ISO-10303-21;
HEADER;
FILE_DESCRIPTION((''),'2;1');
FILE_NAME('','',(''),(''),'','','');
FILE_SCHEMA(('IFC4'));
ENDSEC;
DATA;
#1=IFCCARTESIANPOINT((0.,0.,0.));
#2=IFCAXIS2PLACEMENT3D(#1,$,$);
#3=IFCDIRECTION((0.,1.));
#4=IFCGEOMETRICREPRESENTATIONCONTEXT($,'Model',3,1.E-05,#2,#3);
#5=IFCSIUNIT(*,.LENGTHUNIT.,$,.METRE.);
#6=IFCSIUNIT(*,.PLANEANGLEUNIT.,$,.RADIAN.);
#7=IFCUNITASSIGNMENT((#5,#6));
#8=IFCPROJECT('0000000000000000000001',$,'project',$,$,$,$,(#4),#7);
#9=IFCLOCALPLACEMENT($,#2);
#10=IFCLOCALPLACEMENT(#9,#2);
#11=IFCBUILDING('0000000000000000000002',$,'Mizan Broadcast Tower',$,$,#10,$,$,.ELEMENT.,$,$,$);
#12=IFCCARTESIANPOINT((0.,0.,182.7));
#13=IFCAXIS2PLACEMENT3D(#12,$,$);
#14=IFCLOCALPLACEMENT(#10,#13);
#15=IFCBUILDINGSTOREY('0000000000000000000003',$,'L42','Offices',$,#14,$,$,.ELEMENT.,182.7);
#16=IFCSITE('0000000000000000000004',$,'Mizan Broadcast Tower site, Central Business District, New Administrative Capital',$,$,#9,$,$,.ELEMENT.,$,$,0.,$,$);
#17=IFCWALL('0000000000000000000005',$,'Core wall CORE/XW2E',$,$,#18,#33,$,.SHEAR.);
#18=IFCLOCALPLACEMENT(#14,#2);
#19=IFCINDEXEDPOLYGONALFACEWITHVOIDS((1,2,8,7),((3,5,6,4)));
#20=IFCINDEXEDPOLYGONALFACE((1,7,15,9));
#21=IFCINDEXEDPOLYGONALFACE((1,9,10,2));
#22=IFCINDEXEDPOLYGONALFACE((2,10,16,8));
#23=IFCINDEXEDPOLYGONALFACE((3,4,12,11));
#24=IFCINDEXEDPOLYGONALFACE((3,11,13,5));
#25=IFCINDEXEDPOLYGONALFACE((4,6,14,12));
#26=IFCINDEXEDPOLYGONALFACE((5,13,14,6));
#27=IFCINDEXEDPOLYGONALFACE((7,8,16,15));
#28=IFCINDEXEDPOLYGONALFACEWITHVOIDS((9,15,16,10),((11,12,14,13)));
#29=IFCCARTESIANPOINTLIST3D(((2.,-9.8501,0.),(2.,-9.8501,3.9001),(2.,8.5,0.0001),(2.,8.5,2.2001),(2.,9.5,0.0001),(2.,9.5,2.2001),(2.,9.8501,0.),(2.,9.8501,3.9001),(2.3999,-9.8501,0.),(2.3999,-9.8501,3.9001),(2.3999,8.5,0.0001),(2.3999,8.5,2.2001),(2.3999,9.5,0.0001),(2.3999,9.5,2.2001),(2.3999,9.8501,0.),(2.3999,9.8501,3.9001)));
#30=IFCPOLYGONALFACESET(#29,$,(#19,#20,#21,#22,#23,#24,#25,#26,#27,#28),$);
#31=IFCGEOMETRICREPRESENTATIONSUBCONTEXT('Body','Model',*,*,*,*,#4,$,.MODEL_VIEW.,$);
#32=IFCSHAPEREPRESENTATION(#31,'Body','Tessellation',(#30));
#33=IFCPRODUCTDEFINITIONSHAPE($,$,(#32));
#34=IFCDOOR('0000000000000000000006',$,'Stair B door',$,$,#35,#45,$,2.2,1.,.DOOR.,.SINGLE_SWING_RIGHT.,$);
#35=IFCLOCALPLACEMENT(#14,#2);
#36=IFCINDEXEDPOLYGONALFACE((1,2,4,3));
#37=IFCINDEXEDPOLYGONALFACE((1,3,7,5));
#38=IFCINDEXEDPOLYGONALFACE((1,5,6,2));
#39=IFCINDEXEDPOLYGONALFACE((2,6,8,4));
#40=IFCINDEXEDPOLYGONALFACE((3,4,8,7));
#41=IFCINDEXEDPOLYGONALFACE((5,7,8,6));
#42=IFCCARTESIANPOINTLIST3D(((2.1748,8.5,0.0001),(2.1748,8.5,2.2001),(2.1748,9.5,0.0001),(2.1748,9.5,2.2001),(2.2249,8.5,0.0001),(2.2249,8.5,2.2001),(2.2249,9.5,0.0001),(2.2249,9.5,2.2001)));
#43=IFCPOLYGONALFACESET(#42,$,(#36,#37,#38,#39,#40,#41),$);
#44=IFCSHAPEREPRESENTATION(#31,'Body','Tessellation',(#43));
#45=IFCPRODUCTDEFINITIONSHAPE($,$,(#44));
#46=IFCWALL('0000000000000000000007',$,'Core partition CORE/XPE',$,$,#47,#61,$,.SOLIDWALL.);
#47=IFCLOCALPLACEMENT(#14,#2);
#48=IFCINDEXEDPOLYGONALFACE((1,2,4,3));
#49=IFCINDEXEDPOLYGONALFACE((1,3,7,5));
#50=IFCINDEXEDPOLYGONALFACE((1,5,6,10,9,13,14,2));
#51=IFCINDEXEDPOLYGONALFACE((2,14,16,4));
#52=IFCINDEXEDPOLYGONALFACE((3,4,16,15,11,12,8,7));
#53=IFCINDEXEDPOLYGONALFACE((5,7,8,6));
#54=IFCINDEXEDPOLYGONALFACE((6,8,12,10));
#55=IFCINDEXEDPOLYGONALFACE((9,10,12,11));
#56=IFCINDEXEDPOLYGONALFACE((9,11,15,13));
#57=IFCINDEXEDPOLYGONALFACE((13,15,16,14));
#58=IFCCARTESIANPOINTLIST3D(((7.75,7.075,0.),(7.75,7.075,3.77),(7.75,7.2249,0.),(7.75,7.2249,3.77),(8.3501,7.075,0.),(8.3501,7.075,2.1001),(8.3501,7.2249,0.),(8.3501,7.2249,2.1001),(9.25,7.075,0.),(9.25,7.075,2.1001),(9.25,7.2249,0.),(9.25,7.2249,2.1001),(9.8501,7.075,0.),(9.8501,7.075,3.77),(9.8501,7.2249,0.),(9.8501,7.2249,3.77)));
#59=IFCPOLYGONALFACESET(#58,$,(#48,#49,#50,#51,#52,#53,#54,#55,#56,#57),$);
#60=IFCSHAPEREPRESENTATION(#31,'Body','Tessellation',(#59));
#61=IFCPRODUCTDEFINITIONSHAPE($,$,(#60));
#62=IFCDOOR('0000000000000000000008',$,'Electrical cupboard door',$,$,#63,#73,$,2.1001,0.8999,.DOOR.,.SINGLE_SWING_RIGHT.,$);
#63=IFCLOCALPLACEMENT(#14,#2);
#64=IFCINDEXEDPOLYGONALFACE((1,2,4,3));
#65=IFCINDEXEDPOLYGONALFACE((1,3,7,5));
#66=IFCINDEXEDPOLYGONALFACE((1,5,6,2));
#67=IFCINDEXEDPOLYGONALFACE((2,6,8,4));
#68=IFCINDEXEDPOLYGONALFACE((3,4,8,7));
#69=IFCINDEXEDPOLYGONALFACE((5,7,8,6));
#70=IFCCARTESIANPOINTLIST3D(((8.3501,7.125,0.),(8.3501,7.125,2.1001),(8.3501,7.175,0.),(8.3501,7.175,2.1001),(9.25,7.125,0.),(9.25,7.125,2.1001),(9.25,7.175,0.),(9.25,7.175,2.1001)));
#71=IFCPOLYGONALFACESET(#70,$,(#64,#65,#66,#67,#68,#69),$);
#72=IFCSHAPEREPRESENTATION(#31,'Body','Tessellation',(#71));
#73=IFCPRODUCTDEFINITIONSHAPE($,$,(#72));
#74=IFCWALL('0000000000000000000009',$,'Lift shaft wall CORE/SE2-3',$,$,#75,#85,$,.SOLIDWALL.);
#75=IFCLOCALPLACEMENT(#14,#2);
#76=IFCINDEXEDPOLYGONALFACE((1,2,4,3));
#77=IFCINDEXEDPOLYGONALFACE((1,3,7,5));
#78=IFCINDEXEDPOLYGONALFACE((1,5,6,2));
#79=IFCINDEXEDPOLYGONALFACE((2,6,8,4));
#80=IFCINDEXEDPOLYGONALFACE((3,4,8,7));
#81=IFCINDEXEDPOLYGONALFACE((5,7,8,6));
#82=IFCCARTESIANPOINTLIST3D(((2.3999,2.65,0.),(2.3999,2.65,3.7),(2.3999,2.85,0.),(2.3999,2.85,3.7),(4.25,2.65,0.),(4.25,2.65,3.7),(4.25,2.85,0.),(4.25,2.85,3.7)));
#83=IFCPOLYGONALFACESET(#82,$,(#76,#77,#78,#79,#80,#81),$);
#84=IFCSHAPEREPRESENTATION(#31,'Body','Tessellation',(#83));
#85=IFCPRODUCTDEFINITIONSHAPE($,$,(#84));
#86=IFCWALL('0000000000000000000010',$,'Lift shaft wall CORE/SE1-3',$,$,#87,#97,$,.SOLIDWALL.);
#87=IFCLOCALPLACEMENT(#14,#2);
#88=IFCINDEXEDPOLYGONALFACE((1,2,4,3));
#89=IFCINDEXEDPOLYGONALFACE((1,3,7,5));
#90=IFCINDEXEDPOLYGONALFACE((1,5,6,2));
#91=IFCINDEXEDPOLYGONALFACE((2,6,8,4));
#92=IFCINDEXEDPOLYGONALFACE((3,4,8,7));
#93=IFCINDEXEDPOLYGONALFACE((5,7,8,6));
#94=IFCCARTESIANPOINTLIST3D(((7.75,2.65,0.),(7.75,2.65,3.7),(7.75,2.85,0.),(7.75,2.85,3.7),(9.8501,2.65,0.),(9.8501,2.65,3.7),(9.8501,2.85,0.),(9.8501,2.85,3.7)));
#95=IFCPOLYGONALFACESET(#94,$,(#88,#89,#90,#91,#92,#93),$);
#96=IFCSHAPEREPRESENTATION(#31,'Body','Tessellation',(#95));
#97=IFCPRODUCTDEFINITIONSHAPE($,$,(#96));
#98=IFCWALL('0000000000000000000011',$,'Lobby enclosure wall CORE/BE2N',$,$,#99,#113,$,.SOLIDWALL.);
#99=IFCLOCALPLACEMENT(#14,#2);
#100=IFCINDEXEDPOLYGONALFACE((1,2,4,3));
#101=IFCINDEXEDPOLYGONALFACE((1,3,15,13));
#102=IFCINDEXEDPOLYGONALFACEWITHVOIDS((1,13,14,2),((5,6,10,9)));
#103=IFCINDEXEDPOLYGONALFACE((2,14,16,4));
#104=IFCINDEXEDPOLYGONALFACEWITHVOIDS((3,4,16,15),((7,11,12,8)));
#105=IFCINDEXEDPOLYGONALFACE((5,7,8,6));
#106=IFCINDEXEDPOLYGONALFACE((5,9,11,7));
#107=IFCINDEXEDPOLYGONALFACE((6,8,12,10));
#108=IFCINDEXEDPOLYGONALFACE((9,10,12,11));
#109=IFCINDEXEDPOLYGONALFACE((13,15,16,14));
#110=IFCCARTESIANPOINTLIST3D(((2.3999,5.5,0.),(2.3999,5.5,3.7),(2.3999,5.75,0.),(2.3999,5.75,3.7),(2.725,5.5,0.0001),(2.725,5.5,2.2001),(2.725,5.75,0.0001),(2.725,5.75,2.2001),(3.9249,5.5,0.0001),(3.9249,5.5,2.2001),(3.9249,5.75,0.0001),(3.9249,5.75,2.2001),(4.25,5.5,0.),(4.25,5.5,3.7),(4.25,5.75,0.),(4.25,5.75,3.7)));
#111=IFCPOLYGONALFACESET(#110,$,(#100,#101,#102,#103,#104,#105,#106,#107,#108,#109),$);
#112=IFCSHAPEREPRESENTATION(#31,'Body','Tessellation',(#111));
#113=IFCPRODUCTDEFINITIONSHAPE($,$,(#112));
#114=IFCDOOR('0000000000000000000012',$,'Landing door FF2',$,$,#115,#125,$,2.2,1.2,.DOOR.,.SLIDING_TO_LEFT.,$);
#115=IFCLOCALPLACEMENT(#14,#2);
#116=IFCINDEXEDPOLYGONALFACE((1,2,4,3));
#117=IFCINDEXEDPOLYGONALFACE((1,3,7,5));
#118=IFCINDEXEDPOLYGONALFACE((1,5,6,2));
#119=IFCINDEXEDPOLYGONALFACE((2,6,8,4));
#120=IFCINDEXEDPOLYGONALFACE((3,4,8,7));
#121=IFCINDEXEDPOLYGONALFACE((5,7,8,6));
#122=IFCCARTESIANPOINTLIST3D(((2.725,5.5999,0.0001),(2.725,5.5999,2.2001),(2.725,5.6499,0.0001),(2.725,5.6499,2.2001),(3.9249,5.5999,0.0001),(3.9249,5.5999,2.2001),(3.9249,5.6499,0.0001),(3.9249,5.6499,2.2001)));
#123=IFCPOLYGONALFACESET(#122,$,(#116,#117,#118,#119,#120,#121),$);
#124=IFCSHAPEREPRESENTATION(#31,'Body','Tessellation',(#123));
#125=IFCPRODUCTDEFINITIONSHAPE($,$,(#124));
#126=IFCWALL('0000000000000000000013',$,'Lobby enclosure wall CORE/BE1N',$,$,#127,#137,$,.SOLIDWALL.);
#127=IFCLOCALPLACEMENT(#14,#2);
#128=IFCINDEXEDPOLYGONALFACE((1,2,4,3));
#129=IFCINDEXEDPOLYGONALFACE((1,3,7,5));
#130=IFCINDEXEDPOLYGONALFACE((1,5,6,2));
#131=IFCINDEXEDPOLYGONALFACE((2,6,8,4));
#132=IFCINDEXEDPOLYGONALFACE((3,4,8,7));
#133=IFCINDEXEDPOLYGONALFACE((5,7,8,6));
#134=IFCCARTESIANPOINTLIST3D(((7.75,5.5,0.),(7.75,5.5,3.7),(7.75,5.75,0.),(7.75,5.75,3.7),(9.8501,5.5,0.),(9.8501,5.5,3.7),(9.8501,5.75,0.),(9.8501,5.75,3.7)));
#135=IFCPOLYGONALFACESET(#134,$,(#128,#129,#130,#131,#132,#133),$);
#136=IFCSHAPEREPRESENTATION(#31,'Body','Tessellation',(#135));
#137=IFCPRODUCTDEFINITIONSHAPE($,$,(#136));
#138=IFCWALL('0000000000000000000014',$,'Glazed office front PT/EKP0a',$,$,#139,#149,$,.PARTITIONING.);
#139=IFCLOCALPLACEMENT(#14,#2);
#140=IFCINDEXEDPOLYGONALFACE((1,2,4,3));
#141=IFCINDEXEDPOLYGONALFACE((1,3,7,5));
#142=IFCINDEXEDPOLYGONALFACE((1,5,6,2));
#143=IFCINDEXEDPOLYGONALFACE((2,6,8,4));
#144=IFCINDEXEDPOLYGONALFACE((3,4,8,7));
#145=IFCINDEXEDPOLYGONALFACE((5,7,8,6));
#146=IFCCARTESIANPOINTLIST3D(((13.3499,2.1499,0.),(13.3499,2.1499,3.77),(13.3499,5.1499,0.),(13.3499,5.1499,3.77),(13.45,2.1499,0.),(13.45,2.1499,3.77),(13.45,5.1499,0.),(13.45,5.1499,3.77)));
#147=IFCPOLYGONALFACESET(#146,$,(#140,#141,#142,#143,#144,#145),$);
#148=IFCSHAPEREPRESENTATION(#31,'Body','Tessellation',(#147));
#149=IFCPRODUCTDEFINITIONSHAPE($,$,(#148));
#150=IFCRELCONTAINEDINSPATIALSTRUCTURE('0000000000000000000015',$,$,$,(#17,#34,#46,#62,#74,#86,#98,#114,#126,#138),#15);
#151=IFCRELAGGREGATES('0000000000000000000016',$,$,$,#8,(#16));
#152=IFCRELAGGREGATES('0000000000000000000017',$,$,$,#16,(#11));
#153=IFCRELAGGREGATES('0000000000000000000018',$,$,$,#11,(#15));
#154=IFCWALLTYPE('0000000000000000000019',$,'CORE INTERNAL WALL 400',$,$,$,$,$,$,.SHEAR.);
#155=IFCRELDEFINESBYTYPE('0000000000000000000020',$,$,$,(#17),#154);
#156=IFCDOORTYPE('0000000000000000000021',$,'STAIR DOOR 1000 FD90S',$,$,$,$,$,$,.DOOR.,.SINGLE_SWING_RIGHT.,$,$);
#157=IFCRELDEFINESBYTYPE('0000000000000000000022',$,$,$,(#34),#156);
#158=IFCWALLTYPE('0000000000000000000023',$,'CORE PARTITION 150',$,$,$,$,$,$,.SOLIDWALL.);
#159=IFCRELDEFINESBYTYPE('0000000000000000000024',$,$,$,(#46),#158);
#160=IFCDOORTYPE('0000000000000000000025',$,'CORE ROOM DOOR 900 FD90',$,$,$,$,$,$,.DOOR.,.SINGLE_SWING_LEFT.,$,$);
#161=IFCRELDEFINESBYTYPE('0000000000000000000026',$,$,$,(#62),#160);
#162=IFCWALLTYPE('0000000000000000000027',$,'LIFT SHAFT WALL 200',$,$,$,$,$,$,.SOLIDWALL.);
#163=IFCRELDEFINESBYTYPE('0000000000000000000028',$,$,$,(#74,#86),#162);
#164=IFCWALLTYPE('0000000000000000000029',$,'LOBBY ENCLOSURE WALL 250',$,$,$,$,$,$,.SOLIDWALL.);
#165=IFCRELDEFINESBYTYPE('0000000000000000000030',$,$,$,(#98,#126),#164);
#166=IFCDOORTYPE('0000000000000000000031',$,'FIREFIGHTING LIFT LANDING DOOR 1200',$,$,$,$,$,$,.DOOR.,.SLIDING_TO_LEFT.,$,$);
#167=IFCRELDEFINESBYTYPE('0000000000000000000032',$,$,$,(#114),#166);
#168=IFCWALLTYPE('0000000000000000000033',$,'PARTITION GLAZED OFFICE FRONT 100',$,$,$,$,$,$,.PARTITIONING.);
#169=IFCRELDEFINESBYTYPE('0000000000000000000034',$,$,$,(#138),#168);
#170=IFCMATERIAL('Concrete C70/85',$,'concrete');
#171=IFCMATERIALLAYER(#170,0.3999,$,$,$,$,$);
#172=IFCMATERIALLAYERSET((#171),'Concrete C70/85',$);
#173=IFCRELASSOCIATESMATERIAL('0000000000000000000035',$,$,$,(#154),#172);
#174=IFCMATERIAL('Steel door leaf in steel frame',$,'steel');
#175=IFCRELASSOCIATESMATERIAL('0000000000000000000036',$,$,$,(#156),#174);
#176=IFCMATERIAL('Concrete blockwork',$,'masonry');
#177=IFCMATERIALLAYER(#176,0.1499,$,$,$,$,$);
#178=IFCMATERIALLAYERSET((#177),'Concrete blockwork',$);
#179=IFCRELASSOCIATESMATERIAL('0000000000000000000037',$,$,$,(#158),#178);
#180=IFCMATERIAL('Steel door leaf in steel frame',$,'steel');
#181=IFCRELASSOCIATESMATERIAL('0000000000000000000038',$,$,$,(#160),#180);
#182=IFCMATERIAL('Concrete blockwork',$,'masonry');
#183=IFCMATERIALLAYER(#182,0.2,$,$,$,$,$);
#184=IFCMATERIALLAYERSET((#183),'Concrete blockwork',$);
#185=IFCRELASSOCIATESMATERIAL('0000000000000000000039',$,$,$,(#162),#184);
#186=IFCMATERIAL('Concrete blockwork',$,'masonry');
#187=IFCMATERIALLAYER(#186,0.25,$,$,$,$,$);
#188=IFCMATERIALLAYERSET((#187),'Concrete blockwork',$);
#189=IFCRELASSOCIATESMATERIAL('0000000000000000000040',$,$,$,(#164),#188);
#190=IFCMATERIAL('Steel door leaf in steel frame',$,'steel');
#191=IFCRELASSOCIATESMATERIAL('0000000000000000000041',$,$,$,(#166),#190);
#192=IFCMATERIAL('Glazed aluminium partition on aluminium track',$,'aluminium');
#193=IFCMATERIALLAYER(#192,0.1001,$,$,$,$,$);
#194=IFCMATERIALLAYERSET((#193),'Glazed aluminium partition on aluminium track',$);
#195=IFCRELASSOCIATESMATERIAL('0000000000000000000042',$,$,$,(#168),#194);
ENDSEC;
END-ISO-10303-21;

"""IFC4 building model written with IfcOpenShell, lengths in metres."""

from ifc_helpers import new_model, si_unit, direction, frame, frame_2d, origin, place, context, subcontext, project, spatial, rectangle, extrude, material, layer, layer_set, type_object, element, fill, save


model = new_model("IFC4")

# Units and contexts
model_context = context("Model", 3, precision=1e-05, world=origin(), true_north=direction((0.0, 1.0)))
body_context = subcontext(model_context, "Body", "Model", "MODEL_VIEW")
ifc_project = project(units=[si_unit("LENGTHUNIT", "METRE"), si_unit("PLANEANGLEUNIT", "RADIAN")], contexts=[model_context])

# Site, building, storey
site_placement = place(None, origin())
site = spatial("IfcSite", under=ifc_project, at=site_placement, Name="Mizan Broadcast Tower site, Central Business District, New Administrative Capital", CompositionType="ELEMENT", RefElevation=0.0)
building_placement = place(site_placement, origin())
building = spatial("IfcBuilding", under=site, at=building_placement, Name="Mizan Broadcast Tower", CompositionType="ELEMENT")
storey_placement = place(building_placement, frame((0.0, 0.0, 182.7)))
storey = spatial("IfcBuildingStorey", under=building, at=storey_placement, Name="L42", Description="Offices", CompositionType="ELEMENT", Elevation=182.7)

# Walls, openings, doors
ifc_material_1 = material(Name="Concrete C70/85", Category="concrete")
ifc_layer_1 = layer(ifc_material_1, 0.3999)
ifc_layer_set_1 = layer_set([ifc_layer_1], Name="Concrete C70/85")
wall_type_1 = type_object("IfcWallType", Name="CORE INTERNAL WALL 400", PredefinedType="SHEAR", material=ifc_layer_set_1)
wall_1_placement = place(storey_placement, frame((2.2, 9.8501, 0.0), z_axis=(0.0, 0.0, 1.0), x_axis=(0.0, -1.0, 0.0)))
wall_1 = element("IfcWall", 1, at=wall_1_placement, inside=storey, type_object=wall_type_1, Name="Core wall CORE/XW2E", PredefinedType="SHEAR", context=body_context, shape_type="SweptSolid", body=[
    extrude(rectangle(XDim=19.7002, YDim=0.3999, at=frame_2d((9.8501, 0.0))), origin(), (0.0, 0.0, 1.0), 3.9001),
])
opening_1_placement = place(wall_1_placement, frame((0.3501, 0.0, 0.0)))
opening_1 = element("IfcOpeningElement", 2, at=opening_1_placement, cuts=wall_1, PredefinedType="OPENING", context=body_context, shape_type="SweptSolid", body=[
    extrude(rectangle(XDim=1.0, YDim=2.2, at=frame_2d((0.5, 1.1001))), frame((0.0, 0.21, 0.0), z_axis=(0.0, -1.0, 0.0), x_axis=(1.0, 0.0, 0.0)), (0.0, 0.0, 1.0), 0.4199),
])
ifc_material_2 = material(Name="Steel door leaf in steel frame", Category="steel")
door_type_1 = type_object("IfcDoorType", Name="STAIR DOOR 1000 FD90S", OperationType="SINGLE_SWING_RIGHT", PredefinedType="DOOR", material=ifc_material_2)
door_1_placement = place(opening_1_placement, origin())
door_1 = element("IfcDoor", 3, at=door_1_placement, inside=storey, type_object=door_type_1, Name="Stair B door", OperationType="SINGLE_SWING_RIGHT", OverallHeight=2.2, OverallWidth=1.0, PredefinedType="DOOR", context=body_context, shape_type="SweptSolid", body=[
    extrude(rectangle(XDim=1.0, YDim=2.2, at=frame_2d((0.5, 1.1001))), frame((0.0, 0.0249, 0.0), z_axis=(0.0, -1.0, 0.0), x_axis=(1.0, 0.0, 0.0)), (0.0, 0.0, 1.0), 0.05),
])
fill(opening_1, door_1)
ifc_material_3 = material(Name="Concrete blockwork", Category="masonry")
ifc_layer_2 = layer(ifc_material_3, 0.1499)
ifc_layer_set_2 = layer_set([ifc_layer_2], Name="Concrete blockwork")
wall_type_2 = type_object("IfcWallType", Name="CORE PARTITION 150", PredefinedType="SOLIDWALL", material=ifc_layer_set_2)
wall_2_placement = place(storey_placement, frame((9.8501, 7.1499, 0.0), z_axis=(0.0, 0.0, 1.0), x_axis=(-1.0, 0.0, 0.0)))
wall_2 = element("IfcWall", 4, at=wall_2_placement, inside=storey, type_object=wall_type_2, Name="Core partition CORE/XPE", PredefinedType="SOLIDWALL", context=body_context, shape_type="SweptSolid", body=[
    extrude(rectangle(XDim=2.1001, YDim=0.1499, at=frame_2d((1.05, 0.0))), origin(), (0.0, 0.0, 1.0), 3.77),
])
opening_2_placement = place(wall_2_placement, frame((0.6001, 0.0, 0.0)))
opening_2 = element("IfcOpeningElement", 5, at=opening_2_placement, cuts=wall_2, PredefinedType="OPENING", context=body_context, shape_type="SweptSolid", body=[
    extrude(rectangle(XDim=0.8999, YDim=2.1001, at=frame_2d((0.45, 1.05))), frame((0.0, 0.085, 0.0), z_axis=(0.0, -1.0, 0.0), x_axis=(1.0, 0.0, 0.0)), (0.0, 0.0, 1.0), 0.1699),
])
ifc_material_4 = material(Name="Steel door leaf in steel frame", Category="steel")
door_type_2 = type_object("IfcDoorType", Name="CORE ROOM DOOR 900 FD90", OperationType="SINGLE_SWING_LEFT", PredefinedType="DOOR", material=ifc_material_4)
door_2_placement = place(opening_2_placement, origin())
door_2 = element("IfcDoor", 6, at=door_2_placement, inside=storey, type_object=door_type_2, Name="Electrical cupboard door", OperationType="SINGLE_SWING_RIGHT", OverallHeight=2.1001, OverallWidth=0.8999, PredefinedType="DOOR", context=body_context, shape_type="SweptSolid", body=[
    extrude(rectangle(XDim=0.8999, YDim=2.1001, at=frame_2d((0.45, 1.05))), frame((0.0, 0.0249, 0.0), z_axis=(0.0, -1.0, 0.0), x_axis=(1.0, 0.0, 0.0)), (0.0, 0.0, 1.0), 0.05),
])
fill(opening_2, door_2)

# Walls
ifc_material_5 = material(Name="Concrete blockwork", Category="masonry")
ifc_layer_3 = layer(ifc_material_5, 0.2)
ifc_layer_set_3 = layer_set([ifc_layer_3], Name="Concrete blockwork")
wall_type_3 = type_object("IfcWallType", Name="LIFT SHAFT WALL 200", PredefinedType="SOLIDWALL", material=ifc_layer_set_3)
wall_3_placement = place(storey_placement, frame((2.3999, 2.75, 0.0), z_axis=(0.0, 0.0, 1.0), x_axis=(1.0, 0.0, 0.0)))
element("IfcWall", 7, at=wall_3_placement, inside=storey, type_object=wall_type_3, Name="Lift shaft wall CORE/SE2-3", PredefinedType="SOLIDWALL", context=body_context, shape_type="SweptSolid", body=[
    extrude(rectangle(XDim=1.8501, YDim=0.2, at=frame_2d((0.925, 0.0))), origin(), (0.0, 0.0, 1.0), 3.7),
])
wall_4_placement = place(storey_placement, frame((7.75, 2.75, 0.0), z_axis=(0.0, 0.0, 1.0), x_axis=(1.0, 0.0, 0.0)))
element("IfcWall", 8, at=wall_4_placement, inside=storey, type_object=wall_type_3, Name="Lift shaft wall CORE/SE1-3", PredefinedType="SOLIDWALL", context=body_context, shape_type="SweptSolid", body=[
    extrude(rectangle(XDim=2.1001, YDim=0.2, at=frame_2d((1.05, 0.0))), origin(), (0.0, 0.0, 1.0), 3.7),
])

# Wall, opening, door
ifc_material_6 = material(Name="Concrete blockwork", Category="masonry")
ifc_layer_4 = layer(ifc_material_6, 0.25)
ifc_layer_set_4 = layer_set([ifc_layer_4], Name="Concrete blockwork")
wall_type_4 = type_object("IfcWallType", Name="LOBBY ENCLOSURE WALL 250", PredefinedType="SOLIDWALL", material=ifc_layer_set_4)
wall_5_placement = place(storey_placement, frame((2.3999, 5.625, 0.0), z_axis=(0.0, 0.0, 1.0), x_axis=(1.0, 0.0, 0.0)))
wall_5 = element("IfcWall", 9, at=wall_5_placement, inside=storey, type_object=wall_type_4, Name="Lobby enclosure wall CORE/BE2N", PredefinedType="SOLIDWALL", context=body_context, shape_type="SweptSolid", body=[
    extrude(rectangle(XDim=1.8501, YDim=0.25, at=frame_2d((0.925, 0.0))), origin(), (0.0, 0.0, 1.0), 3.7),
])
opening_3_placement = place(wall_5_placement, frame((0.325, 0.0, 0.0)))
opening_3 = element("IfcOpeningElement", 10, at=opening_3_placement, cuts=wall_5, PredefinedType="OPENING", context=body_context, shape_type="SweptSolid", body=[
    extrude(rectangle(XDim=1.2, YDim=2.2, at=frame_2d((0.6001, 1.1001))), frame((0.0, 0.135, 0.0), z_axis=(0.0, -1.0, 0.0), x_axis=(1.0, 0.0, 0.0)), (0.0, 0.0, 1.0), 0.27),
])
ifc_material_7 = material(Name="Steel door leaf in steel frame", Category="steel")
door_type_3 = type_object("IfcDoorType", Name="FIREFIGHTING LIFT LANDING DOOR 1200", OperationType="SLIDING_TO_LEFT", PredefinedType="DOOR", material=ifc_material_7)
door_3_placement = place(opening_3_placement, origin())
door_3 = element("IfcDoor", 11, at=door_3_placement, inside=storey, type_object=door_type_3, Name="Landing door FF2", OperationType="SLIDING_TO_LEFT", OverallHeight=2.2, OverallWidth=1.2, PredefinedType="DOOR", context=body_context, shape_type="SweptSolid", body=[
    extrude(rectangle(XDim=1.2, YDim=2.2, at=frame_2d((0.6001, 1.1001))), frame((0.0, 0.0249, 0.0), z_axis=(0.0, -1.0, 0.0), x_axis=(1.0, 0.0, 0.0)), (0.0, 0.0, 1.0), 0.05),
])
fill(opening_3, door_3)

# Walls
wall_6_placement = place(storey_placement, frame((7.75, 5.625, 0.0), z_axis=(0.0, 0.0, 1.0), x_axis=(1.0, 0.0, 0.0)))
element("IfcWall", 12, at=wall_6_placement, inside=storey, type_object=wall_type_4, Name="Lobby enclosure wall CORE/BE1N", PredefinedType="SOLIDWALL", context=body_context, shape_type="SweptSolid", body=[
    extrude(rectangle(XDim=2.1001, YDim=0.25, at=frame_2d((1.05, 0.0))), origin(), (0.0, 0.0, 1.0), 3.7),
])
ifc_material_8 = material(Name="Glazed aluminium partition on aluminium track", Category="aluminium")
ifc_layer_5 = layer(ifc_material_8, 0.1001)
ifc_layer_set_5 = layer_set([ifc_layer_5], Name="Glazed aluminium partition on aluminium track")
wall_type_5 = type_object("IfcWallType", Name="PARTITION GLAZED OFFICE FRONT 100", PredefinedType="PARTITIONING", material=ifc_layer_set_5)
wall_7_placement = place(storey_placement, frame((13.3999, 2.1499, 0.0), z_axis=(0.0, 0.0, 1.0), x_axis=(0.0, 1.0, 0.0)))
element("IfcWall", 13, at=wall_7_placement, inside=storey, type_object=wall_type_5, Name="Glazed office front PT/EKP0a", PredefinedType="PARTITIONING", context=body_context, shape_type="SweptSolid", body=[
    extrude(rectangle(XDim=3.0, YDim=0.1001, at=frame_2d((1.5, 0.0))), origin(), (0.0, 0.0, 1.0), 3.77),
])

save(model, "model.ifc")
